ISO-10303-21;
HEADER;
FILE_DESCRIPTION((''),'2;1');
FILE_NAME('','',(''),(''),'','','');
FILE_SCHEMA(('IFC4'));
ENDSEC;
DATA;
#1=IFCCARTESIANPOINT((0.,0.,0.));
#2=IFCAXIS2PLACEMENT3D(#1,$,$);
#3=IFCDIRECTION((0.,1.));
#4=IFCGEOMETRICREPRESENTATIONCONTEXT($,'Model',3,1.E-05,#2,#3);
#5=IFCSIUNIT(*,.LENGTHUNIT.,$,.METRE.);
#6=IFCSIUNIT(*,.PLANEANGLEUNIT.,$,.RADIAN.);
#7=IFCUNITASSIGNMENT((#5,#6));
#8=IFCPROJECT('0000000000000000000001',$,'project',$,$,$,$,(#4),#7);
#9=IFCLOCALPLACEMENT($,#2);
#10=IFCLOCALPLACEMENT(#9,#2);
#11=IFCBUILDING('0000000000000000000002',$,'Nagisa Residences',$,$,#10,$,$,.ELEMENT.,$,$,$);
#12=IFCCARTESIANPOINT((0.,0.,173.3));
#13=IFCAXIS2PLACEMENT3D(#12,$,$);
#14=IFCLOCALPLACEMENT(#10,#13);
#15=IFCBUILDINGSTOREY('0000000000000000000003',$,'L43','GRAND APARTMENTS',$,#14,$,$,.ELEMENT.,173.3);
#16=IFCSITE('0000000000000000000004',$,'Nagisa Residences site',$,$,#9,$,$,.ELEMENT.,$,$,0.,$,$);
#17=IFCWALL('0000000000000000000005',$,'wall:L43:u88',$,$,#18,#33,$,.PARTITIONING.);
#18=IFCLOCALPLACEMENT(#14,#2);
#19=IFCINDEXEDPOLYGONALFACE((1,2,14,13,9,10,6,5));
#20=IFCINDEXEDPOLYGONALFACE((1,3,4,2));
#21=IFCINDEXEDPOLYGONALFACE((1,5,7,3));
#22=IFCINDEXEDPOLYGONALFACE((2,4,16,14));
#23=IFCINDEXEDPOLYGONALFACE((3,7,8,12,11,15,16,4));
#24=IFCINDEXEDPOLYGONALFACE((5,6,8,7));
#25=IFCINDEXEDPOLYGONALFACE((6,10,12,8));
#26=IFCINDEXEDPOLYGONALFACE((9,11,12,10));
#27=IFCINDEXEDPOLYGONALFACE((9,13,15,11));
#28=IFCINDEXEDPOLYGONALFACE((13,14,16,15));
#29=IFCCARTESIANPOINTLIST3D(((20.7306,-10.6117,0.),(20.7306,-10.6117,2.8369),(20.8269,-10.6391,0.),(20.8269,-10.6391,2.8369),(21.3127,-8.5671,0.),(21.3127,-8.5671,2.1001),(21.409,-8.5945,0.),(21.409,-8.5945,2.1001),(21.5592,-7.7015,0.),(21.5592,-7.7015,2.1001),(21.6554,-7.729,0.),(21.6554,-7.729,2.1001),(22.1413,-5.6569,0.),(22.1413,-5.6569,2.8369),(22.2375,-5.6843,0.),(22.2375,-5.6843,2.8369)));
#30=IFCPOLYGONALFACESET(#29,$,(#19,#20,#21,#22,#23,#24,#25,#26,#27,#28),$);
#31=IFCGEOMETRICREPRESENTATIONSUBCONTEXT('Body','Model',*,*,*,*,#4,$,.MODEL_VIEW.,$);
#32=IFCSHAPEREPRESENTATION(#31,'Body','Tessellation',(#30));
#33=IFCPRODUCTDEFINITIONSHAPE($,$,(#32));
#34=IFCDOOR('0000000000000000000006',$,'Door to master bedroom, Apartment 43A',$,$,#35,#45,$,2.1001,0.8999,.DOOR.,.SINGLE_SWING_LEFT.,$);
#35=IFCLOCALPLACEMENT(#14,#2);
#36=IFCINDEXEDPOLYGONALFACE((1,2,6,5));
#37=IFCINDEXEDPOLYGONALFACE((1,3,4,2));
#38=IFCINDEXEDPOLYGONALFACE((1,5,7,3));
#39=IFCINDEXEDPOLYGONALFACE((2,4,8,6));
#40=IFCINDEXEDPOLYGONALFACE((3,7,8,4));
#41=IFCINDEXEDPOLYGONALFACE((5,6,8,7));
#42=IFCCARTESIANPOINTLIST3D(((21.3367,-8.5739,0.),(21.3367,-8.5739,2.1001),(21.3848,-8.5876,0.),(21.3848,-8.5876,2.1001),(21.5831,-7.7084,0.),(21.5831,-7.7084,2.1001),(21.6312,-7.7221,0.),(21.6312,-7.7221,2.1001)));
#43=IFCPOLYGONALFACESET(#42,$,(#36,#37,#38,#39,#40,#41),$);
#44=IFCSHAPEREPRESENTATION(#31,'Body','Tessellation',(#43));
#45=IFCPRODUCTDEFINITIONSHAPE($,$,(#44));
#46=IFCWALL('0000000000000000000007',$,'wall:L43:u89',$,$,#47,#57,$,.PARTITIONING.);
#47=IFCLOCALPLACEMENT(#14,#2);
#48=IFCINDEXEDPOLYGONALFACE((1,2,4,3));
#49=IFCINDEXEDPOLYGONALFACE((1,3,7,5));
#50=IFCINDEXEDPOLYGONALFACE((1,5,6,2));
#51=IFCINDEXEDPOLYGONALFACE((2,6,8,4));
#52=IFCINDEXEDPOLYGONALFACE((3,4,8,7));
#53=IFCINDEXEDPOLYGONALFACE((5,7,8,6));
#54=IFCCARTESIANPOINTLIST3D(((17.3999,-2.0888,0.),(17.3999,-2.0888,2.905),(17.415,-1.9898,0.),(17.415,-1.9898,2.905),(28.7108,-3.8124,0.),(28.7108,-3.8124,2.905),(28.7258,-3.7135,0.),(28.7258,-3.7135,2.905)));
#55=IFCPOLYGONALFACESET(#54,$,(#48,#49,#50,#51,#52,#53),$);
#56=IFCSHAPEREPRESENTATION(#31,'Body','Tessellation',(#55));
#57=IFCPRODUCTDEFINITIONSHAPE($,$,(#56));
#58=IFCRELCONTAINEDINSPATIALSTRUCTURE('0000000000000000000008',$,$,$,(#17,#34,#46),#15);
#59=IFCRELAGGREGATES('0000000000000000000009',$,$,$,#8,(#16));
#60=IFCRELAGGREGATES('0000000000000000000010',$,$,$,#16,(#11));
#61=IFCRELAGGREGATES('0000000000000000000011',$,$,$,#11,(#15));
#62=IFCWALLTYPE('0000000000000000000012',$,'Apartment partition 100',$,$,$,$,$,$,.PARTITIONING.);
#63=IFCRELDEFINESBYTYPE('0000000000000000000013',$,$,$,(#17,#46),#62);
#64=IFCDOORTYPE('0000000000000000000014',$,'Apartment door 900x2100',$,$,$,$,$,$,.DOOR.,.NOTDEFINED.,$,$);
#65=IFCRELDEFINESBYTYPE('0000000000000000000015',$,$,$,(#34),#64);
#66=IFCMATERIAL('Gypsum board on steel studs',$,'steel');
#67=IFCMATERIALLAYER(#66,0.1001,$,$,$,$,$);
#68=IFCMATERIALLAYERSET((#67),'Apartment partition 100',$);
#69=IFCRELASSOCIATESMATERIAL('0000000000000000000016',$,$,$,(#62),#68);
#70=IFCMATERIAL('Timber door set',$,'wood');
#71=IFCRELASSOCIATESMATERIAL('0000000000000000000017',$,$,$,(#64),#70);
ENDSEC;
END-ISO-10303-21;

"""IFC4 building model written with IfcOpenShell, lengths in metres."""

from ifc_helpers import new_model, si_unit, direction, frame, frame_2d, origin, place, context, subcontext, project, spatial, rectangle, extrude, material, layer, layer_set, type_object, element, fill, save


model = new_model("IFC4")

# Units and contexts
model_context = context("Model", 3, precision=1e-05, world=origin(), true_north=direction((0.0, 1.0)))
body_context = subcontext(model_context, "Body", "Model", "MODEL_VIEW")
ifc_project = project(units=[si_unit("LENGTHUNIT", "METRE"), si_unit("PLANEANGLEUNIT", "RADIAN")], contexts=[model_context])

# Site, building, storey
site_placement = place(None, origin())
site = spatial("IfcSite", under=ifc_project, at=site_placement, Name="Nagisa Residences site", CompositionType="ELEMENT", RefElevation=0.0)
building_placement = place(site_placement, origin())
building = spatial("IfcBuilding", under=site, at=building_placement, Name="Nagisa Residences", CompositionType="ELEMENT")
storey_placement = place(building_placement, frame((0.0, 0.0, 173.3)))
storey = spatial("IfcBuildingStorey", under=building, at=storey_placement, Name="L43", Description="GRAND APARTMENTS", CompositionType="ELEMENT", Elevation=173.3)

# Shared definitions
ifc_material_1 = material(Name="Gypsum board on steel studs", Category="steel")
ifc_layer_1 = layer(ifc_material_1, 0.1001)
ifc_layer_set_1 = layer_set([ifc_layer_1], Name="Apartment partition 100")
wall_type_1 = type_object("IfcWallType", Name="Apartment partition 100", PredefinedType="PARTITIONING", material=ifc_layer_set_1)
ifc_material_2 = material(Name="Timber door set", Category="wood")
door_type_1 = type_object("IfcDoorType", Name="Apartment door 900x2100", OperationType="NOTDEFINED", PredefinedType="DOOR", material=ifc_material_2)

# Wall, opening, door
wall_1_placement = place(storey_placement, frame((20.7788, -10.6252, 0.0), z_axis=(0.0, 0.0, 1.0), x_axis=(0.27382, 0.961781, 0.0)))
wall_1 = element("IfcWall", 1, at=wall_1_placement, inside=storey, type_object=wall_type_1, Name="wall:L43:u88", PredefinedType="PARTITIONING", context=body_context, shape_type="SweptSolid", body=[
    extrude(rectangle(XDim=5.1516, YDim=0.1001, at=frame_2d((2.5757, 0.0))), origin(), (0.0, 0.0, 1.0), 2.8369),
])
opening_1_placement = place(wall_1_placement, frame((2.1257, 0.0, 0.0)))
opening_1 = element("IfcOpeningElement", 2, at=opening_1_placement, cuts=wall_1, PredefinedType="OPENING", context=body_context, shape_type="SweptSolid", body=[
    extrude(rectangle(XDim=0.8999, YDim=2.1001, at=frame_2d((0.45, 1.05))), frame((0.0, 0.0601, 0.0), z_axis=(0.0, -1.0, 0.0), x_axis=(1.0, 0.0, 0.0)), (0.0, 0.0, 1.0), 0.1201),
])
door_1_placement = place(opening_1_placement, frame((0.8999, 0.0, 0.0), x_axis=(-1.0, 0.0, 0.0)))
door_1 = element("IfcDoor", 3, at=door_1_placement, inside=storey, type_object=door_type_1, Name="Door to master bedroom, Apartment 43A", OperationType="SINGLE_SWING_LEFT", OverallHeight=2.1001, OverallWidth=0.8999, PredefinedType="DOOR", context=body_context, shape_type="SweptSolid", body=[
    extrude(rectangle(XDim=0.8999, YDim=2.1001, at=frame_2d((0.45, 1.05))), frame((0.0, 0.0249, 0.0), z_axis=(0.0, -1.0, 0.0), x_axis=(1.0, 0.0, 0.0)), (0.0, 0.0, 1.0), 0.05),
])
fill(opening_1, door_1)

# Wall
wall_2_placement = place(storey_placement, frame((17.4075, -2.0393, 0.0), z_axis=(0.0, 0.0, 1.0), x_axis=(0.988587, -0.150649, 0.0)))
element("IfcWall", 4, at=wall_2_placement, inside=storey, type_object=wall_type_1, Name="wall:L43:u89", PredefinedType="PARTITIONING", context=body_context, shape_type="SweptSolid", body=[
    extrude(rectangle(XDim=11.4414, YDim=0.1001, at=frame_2d((5.7207, 0.0))), origin(), (0.0, 0.0, 1.0), 2.905),
])

save(model, "model.ifc")
